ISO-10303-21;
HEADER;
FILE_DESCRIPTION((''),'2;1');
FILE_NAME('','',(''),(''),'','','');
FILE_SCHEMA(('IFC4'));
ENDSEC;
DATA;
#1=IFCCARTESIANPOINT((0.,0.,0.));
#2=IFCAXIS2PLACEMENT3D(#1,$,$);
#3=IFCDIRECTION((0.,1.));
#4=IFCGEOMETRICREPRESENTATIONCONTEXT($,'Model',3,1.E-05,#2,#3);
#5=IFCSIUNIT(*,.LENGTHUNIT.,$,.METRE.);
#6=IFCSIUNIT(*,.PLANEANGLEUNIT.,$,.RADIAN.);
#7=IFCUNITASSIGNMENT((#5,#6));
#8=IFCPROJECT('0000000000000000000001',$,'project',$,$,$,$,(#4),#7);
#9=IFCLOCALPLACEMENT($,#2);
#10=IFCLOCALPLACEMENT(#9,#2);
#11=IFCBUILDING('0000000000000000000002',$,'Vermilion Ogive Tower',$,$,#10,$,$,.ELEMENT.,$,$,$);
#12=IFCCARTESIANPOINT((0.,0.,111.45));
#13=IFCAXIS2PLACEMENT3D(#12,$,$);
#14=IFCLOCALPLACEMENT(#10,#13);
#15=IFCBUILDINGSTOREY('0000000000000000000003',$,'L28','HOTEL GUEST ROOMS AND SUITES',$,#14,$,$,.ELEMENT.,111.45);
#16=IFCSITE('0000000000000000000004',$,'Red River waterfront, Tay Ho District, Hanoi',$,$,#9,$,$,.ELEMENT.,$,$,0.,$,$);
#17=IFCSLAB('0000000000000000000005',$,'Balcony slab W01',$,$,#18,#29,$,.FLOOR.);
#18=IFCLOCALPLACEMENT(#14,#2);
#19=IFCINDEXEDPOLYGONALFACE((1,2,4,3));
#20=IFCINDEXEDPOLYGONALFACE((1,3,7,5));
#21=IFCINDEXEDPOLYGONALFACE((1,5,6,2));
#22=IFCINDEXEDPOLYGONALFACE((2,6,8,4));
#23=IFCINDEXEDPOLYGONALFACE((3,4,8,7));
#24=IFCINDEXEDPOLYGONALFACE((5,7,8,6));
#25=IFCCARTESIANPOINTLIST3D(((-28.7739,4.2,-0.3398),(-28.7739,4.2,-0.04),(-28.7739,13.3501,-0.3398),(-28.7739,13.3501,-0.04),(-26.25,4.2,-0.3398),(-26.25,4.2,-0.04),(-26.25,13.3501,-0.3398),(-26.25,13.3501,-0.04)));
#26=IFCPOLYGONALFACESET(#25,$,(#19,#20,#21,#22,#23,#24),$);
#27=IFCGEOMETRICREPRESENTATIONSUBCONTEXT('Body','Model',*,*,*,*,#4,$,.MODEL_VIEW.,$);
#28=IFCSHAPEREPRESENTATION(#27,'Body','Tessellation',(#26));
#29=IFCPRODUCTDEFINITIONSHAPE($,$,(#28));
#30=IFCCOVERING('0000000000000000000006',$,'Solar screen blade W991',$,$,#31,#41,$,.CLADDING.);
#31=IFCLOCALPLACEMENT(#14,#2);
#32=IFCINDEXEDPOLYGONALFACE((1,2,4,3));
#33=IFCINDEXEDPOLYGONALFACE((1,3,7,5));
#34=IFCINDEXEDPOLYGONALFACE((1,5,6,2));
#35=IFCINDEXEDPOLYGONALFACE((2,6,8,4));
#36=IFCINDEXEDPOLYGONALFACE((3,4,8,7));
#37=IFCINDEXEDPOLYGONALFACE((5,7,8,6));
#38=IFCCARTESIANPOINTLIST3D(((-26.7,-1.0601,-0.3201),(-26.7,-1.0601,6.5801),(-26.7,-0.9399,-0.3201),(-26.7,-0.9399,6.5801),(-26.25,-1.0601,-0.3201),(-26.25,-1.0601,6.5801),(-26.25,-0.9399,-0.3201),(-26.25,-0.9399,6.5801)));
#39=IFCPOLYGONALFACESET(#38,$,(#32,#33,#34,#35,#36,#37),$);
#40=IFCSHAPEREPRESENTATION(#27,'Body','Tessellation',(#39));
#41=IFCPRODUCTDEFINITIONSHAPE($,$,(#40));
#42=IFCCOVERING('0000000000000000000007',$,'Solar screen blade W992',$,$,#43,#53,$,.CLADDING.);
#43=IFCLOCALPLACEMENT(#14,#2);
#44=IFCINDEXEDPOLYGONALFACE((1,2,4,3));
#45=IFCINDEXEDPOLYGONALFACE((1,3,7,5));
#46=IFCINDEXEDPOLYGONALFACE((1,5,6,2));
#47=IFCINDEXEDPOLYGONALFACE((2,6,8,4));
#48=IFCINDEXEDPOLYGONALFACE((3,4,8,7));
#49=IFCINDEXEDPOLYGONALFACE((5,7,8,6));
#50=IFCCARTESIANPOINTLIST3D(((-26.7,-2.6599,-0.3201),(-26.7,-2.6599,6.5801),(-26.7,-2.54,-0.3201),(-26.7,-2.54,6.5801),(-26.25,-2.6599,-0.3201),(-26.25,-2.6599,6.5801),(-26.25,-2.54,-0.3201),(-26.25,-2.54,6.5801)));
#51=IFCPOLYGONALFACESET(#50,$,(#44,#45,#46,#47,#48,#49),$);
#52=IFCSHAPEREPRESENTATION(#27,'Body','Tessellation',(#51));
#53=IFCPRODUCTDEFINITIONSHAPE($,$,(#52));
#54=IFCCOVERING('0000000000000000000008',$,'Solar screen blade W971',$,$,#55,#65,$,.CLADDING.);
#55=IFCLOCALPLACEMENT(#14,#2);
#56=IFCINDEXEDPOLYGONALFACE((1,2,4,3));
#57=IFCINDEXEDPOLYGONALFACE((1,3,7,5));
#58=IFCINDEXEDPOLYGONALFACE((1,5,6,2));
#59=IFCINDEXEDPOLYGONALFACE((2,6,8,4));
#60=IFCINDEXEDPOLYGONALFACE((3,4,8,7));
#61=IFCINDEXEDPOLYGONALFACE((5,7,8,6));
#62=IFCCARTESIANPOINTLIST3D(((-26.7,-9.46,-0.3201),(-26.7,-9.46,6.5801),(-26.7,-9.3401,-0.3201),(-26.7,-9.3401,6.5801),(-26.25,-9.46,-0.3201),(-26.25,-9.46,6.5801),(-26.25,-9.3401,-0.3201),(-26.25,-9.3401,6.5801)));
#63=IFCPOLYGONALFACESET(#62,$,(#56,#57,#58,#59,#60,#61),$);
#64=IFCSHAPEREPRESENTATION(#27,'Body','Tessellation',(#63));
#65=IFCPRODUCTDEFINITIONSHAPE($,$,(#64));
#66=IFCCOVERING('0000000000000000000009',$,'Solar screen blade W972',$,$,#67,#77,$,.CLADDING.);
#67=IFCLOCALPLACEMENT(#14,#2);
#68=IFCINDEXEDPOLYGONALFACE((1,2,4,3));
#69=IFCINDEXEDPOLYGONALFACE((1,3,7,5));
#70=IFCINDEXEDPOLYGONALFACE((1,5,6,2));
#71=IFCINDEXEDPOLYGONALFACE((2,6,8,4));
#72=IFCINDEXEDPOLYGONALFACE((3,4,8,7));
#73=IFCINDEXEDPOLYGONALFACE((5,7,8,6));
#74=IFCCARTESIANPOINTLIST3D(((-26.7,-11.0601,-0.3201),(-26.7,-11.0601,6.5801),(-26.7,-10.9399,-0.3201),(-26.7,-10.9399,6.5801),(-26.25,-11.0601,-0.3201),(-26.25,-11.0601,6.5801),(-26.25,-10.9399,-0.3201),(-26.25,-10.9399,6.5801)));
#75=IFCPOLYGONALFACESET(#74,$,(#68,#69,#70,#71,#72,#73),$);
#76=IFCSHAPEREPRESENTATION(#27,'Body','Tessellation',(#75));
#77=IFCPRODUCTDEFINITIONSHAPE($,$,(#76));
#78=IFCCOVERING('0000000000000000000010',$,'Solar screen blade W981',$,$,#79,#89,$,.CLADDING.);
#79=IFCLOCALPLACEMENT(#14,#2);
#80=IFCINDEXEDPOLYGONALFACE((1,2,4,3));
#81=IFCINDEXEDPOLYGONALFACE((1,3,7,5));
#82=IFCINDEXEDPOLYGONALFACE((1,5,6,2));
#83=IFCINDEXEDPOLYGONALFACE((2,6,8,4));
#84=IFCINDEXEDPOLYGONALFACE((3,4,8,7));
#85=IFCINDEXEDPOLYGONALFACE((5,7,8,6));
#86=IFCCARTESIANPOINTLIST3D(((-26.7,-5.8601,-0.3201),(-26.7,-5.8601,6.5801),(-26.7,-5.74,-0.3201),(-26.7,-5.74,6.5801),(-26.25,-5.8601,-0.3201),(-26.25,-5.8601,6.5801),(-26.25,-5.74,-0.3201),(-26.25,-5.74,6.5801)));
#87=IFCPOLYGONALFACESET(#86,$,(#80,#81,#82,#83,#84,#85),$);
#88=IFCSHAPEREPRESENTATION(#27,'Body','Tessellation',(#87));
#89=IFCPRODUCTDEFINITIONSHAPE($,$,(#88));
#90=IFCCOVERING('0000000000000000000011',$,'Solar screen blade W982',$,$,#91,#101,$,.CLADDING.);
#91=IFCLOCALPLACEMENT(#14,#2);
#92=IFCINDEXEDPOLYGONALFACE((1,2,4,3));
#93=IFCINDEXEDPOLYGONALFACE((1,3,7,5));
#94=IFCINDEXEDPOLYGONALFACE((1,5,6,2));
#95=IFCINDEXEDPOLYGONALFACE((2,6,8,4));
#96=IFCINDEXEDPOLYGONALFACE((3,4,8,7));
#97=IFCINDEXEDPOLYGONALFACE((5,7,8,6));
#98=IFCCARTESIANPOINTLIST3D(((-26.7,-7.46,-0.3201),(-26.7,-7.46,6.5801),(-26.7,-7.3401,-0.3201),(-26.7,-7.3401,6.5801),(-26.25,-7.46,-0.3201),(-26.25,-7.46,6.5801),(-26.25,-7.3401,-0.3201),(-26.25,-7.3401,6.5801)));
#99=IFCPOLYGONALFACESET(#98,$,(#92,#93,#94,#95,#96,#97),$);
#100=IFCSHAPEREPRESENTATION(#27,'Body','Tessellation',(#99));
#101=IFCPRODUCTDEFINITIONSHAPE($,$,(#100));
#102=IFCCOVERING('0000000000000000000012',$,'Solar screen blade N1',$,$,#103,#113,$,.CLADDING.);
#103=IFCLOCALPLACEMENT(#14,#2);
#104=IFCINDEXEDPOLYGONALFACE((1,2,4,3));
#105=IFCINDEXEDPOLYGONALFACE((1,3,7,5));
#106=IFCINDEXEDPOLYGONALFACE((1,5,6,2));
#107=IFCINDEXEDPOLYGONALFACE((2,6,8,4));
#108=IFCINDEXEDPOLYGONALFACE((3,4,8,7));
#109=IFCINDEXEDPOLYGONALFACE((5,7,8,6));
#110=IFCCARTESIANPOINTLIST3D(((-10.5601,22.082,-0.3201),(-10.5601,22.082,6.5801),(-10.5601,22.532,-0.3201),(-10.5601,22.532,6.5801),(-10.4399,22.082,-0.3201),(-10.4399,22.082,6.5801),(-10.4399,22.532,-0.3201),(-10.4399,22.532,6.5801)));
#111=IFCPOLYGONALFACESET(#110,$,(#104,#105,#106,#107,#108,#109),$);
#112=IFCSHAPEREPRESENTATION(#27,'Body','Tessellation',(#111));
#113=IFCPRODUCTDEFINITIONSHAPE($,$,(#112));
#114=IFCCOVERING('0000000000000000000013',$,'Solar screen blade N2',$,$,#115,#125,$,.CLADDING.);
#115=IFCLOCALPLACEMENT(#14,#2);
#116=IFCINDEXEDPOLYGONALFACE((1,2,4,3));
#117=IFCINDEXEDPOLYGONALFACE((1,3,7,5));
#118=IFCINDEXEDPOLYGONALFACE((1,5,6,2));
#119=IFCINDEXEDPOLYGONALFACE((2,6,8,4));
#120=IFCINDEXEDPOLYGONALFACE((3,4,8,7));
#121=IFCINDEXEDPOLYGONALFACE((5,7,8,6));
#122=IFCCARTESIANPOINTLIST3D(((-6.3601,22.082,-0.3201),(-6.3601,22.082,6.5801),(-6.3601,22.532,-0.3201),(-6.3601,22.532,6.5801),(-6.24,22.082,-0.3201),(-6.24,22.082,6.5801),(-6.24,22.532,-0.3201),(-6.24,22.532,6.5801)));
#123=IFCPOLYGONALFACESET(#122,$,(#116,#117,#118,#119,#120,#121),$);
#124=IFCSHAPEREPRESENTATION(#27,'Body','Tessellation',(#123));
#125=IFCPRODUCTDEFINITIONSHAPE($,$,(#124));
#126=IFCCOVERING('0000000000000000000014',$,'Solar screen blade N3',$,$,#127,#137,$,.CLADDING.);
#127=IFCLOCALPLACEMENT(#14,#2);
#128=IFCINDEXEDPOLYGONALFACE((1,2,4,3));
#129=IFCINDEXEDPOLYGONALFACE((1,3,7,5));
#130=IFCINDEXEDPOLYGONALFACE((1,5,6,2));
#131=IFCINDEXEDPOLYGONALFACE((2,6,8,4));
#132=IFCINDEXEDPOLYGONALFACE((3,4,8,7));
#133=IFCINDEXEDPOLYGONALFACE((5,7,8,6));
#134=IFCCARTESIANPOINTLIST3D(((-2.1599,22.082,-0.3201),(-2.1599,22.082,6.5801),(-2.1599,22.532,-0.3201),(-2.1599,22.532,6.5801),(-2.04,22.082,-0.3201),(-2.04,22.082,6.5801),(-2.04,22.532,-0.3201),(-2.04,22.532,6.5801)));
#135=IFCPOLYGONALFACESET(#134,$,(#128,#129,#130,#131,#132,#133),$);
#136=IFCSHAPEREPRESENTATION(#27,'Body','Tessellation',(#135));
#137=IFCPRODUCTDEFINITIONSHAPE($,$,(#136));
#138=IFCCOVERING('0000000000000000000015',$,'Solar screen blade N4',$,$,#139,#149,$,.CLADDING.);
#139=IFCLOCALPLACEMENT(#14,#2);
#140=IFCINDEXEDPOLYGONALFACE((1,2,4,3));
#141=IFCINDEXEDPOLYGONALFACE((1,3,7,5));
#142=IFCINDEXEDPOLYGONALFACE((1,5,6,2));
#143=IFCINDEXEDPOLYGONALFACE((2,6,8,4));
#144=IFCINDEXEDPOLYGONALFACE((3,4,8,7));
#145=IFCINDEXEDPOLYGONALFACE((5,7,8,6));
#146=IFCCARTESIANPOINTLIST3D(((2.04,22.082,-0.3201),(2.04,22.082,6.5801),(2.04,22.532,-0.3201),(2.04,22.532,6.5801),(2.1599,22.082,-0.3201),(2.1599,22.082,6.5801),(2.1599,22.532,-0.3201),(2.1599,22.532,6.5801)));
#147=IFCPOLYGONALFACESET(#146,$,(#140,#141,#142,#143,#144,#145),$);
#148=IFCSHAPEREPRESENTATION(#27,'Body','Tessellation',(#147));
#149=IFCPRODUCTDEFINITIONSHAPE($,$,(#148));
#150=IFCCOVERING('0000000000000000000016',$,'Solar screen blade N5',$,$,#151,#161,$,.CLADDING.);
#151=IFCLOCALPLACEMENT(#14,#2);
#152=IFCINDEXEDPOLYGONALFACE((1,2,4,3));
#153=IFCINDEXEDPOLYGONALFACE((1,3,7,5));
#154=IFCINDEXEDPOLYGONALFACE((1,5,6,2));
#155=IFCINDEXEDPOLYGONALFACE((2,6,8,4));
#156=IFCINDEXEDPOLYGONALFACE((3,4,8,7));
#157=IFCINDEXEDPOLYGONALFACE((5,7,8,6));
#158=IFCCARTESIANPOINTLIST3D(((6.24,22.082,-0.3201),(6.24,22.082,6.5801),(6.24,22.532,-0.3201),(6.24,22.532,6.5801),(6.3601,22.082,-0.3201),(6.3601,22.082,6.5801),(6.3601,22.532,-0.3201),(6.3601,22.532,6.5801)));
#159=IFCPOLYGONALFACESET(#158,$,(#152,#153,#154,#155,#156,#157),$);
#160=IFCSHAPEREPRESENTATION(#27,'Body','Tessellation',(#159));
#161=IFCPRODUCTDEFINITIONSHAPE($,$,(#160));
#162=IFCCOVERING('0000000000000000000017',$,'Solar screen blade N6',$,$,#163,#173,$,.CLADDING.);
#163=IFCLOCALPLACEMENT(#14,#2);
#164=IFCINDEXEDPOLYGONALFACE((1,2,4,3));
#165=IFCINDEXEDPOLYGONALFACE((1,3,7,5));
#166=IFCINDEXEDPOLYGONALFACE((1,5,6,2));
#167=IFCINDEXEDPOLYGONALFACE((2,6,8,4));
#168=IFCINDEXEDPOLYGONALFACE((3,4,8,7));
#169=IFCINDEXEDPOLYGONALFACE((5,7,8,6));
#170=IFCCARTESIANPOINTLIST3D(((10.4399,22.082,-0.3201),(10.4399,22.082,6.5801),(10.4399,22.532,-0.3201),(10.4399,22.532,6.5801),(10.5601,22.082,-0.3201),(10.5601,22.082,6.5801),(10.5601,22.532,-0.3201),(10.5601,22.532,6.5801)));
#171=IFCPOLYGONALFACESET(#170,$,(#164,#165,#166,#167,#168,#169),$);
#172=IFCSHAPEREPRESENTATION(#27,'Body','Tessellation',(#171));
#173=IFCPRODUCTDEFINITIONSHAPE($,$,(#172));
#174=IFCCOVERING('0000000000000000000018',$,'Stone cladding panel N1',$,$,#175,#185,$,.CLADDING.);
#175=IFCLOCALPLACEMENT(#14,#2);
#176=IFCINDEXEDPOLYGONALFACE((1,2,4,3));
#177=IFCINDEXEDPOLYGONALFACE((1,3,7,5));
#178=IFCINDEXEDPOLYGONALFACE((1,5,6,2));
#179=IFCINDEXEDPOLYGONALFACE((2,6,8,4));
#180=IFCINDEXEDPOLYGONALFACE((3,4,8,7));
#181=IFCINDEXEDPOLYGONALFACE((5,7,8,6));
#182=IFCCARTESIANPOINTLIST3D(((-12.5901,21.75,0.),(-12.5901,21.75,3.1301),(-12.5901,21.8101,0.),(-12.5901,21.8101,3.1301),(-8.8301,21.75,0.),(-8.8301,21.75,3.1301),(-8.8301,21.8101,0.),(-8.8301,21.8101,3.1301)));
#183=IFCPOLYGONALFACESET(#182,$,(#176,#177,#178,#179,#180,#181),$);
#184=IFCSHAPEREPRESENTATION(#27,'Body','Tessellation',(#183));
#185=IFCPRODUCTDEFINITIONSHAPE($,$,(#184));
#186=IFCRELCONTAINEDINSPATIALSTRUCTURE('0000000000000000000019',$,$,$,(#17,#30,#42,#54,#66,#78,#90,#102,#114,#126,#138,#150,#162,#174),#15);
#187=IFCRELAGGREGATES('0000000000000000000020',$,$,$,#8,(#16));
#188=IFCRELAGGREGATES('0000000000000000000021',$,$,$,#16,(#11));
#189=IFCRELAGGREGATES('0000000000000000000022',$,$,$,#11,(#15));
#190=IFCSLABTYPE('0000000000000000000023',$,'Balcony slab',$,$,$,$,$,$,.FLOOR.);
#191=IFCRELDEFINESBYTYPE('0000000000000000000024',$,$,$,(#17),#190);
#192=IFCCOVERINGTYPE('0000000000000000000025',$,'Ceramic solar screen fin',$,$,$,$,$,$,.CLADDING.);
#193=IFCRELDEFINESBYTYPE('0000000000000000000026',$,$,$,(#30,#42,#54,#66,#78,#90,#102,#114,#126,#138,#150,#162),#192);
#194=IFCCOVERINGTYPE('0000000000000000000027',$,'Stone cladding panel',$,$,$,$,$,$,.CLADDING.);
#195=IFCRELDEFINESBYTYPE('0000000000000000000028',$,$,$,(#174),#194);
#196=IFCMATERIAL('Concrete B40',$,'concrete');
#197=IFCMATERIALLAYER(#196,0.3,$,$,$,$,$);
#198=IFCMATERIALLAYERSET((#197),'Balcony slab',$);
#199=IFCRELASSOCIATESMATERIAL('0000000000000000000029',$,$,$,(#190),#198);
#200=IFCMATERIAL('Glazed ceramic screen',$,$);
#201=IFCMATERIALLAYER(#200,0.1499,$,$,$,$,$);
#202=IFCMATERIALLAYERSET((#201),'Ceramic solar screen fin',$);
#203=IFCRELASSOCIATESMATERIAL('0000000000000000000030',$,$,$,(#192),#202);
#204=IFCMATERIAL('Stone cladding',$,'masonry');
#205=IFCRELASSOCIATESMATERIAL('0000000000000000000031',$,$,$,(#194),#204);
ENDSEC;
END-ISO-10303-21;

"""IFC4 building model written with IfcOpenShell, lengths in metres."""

from ifc_helpers import new_model, si_unit, direction, frame, origin, place, context, subcontext, project, spatial, polyline, outline, extrude, material, layer, layer_set, type_object, element, save


model = new_model("IFC4")

# Units and contexts
model_context = context("Model", 3, precision=1e-05, world=origin(), true_north=direction((0.0, 1.0)))
body_context = subcontext(model_context, "Body", "Model", "MODEL_VIEW")
ifc_project = project(units=[si_unit("LENGTHUNIT", "METRE"), si_unit("PLANEANGLEUNIT", "RADIAN")], contexts=[model_context])

# Site, building, storey
site_placement = place(None, origin())
site = spatial("IfcSite", under=ifc_project, at=site_placement, Name="Red River waterfront, Tay Ho District, Hanoi", CompositionType="ELEMENT", RefElevation=0.0)
building_placement = place(site_placement, origin())
building = spatial("IfcBuilding", under=site, at=building_placement, Name="Vermilion Ogive Tower", CompositionType="ELEMENT")
storey_placement = place(building_placement, frame((0.0, 0.0, 111.45)))
storey = spatial("IfcBuildingStorey", under=building, at=storey_placement, Name="L28", Description="HOTEL GUEST ROOMS AND SUITES", CompositionType="ELEMENT", Elevation=111.45)

# Slab
ifc_material_1 = material(Name="Concrete B40", Category="concrete")
ifc_layer_1 = layer(ifc_material_1, 0.3)
ifc_layer_set_1 = layer_set([ifc_layer_1], Name="Balcony slab")
slab_type = type_object("IfcSlabType", Name="Balcony slab", PredefinedType="FLOOR", material=ifc_layer_set_1)
slab_placement = place(storey_placement, frame((0.0, 0.0, -0.3398)))
element("IfcSlab", 1, at=slab_placement, inside=storey, type_object=slab_type, Name="Balcony slab W01", PredefinedType="FLOOR", context=body_context, shape_type="SweptSolid", body=[
    extrude(outline(polyline([(-28.7739, 13.3501), (-28.7739, 4.2), (-26.25, 4.2), (-26.25, 13.3501), (-28.7739, 13.3501)])), origin(), (0.0, 0.0, 1.0), 0.2998),
])

# Coverings
ifc_material_2 = material(Name="Glazed ceramic screen")
ifc_layer_2 = layer(ifc_material_2, 0.1499)
ifc_layer_set_2 = layer_set([ifc_layer_2], Name="Ceramic solar screen fin")
covering_type_1 = type_object("IfcCoveringType", Name="Ceramic solar screen fin", PredefinedType="CLADDING", material=ifc_layer_set_2)
covering_1_placement = place(storey_placement, frame((0.0, 0.0, -0.3201)))
element("IfcCovering", 2, at=covering_1_placement, inside=storey, type_object=covering_type_1, Name="Solar screen blade W991", PredefinedType="CLADDING", context=body_context, shape_type="SweptSolid", body=[
    extrude(outline(polyline([(-26.7, -0.9399), (-26.7, -1.0601), (-26.25, -1.0601), (-26.25, -0.9399), (-26.7, -0.9399)])), origin(), (0.0, 0.0, 1.0), 6.9001),
])
covering_2_placement = place(storey_placement, frame((0.0, 0.0, -0.3201)))
element("IfcCovering", 3, at=covering_2_placement, inside=storey, type_object=covering_type_1, Name="Solar screen blade W992", PredefinedType="CLADDING", context=body_context, shape_type="SweptSolid", body=[
    extrude(outline(polyline([(-26.7, -2.54), (-26.7, -2.6599), (-26.25, -2.6599), (-26.25, -2.54), (-26.7, -2.54)])), origin(), (0.0, 0.0, 1.0), 6.9001),
])
covering_3_placement = place(storey_placement, frame((0.0, 0.0, -0.3201)))
element("IfcCovering", 4, at=covering_3_placement, inside=storey, type_object=covering_type_1, Name="Solar screen blade W971", PredefinedType="CLADDING", context=body_context, shape_type="SweptSolid", body=[
    extrude(outline(polyline([(-26.7, -9.3401), (-26.7, -9.46), (-26.25, -9.46), (-26.25, -9.3401), (-26.7, -9.3401)])), origin(), (0.0, 0.0, 1.0), 6.9001),
])
covering_4_placement = place(storey_placement, frame((0.0, 0.0, -0.3201)))
element("IfcCovering", 5, at=covering_4_placement, inside=storey, type_object=covering_type_1, Name="Solar screen blade W972", PredefinedType="CLADDING", context=body_context, shape_type="SweptSolid", body=[
    extrude(outline(polyline([(-26.7, -10.9399), (-26.7, -11.0601), (-26.25, -11.0601), (-26.25, -10.9399), (-26.7, -10.9399)])), origin(), (0.0, 0.0, 1.0), 6.9001),
])
covering_5_placement = place(storey_placement, frame((0.0, 0.0, -0.3201)))
element("IfcCovering", 6, at=covering_5_placement, inside=storey, type_object=covering_type_1, Name="Solar screen blade W981", PredefinedType="CLADDING", context=body_context, shape_type="SweptSolid", body=[
    extrude(outline(polyline([(-26.7, -5.74), (-26.7, -5.8601), (-26.25, -5.8601), (-26.25, -5.74), (-26.7, -5.74)])), origin(), (0.0, 0.0, 1.0), 6.9001),
])
covering_6_placement = place(storey_placement, frame((0.0, 0.0, -0.3201)))
element("IfcCovering", 7, at=covering_6_placement, inside=storey, type_object=covering_type_1, Name="Solar screen blade W982", PredefinedType="CLADDING", context=body_context, shape_type="SweptSolid", body=[
    extrude(outline(polyline([(-26.7, -7.3401), (-26.7, -7.46), (-26.25, -7.46), (-26.25, -7.3401), (-26.7, -7.3401)])), origin(), (0.0, 0.0, 1.0), 6.9001),
])
covering_7_placement = place(storey_placement, frame((0.0, 0.0, -0.3201)))
element("IfcCovering", 8, at=covering_7_placement, inside=storey, type_object=covering_type_1, Name="Solar screen blade N1", PredefinedType="CLADDING", context=body_context, shape_type="SweptSolid", body=[
    extrude(outline(polyline([(-10.5601, 22.082), (-10.4399, 22.082), (-10.4399, 22.532), (-10.5601, 22.532), (-10.5601, 22.082)])), origin(), (0.0, 0.0, 1.0), 6.9001),
])
covering_8_placement = place(storey_placement, frame((0.0, 0.0, -0.3201)))
element("IfcCovering", 9, at=covering_8_placement, inside=storey, type_object=covering_type_1, Name="Solar screen blade N2", PredefinedType="CLADDING", context=body_context, shape_type="SweptSolid", body=[
    extrude(outline(polyline([(-6.3601, 22.082), (-6.24, 22.082), (-6.24, 22.532), (-6.3601, 22.532), (-6.3601, 22.082)])), origin(), (0.0, 0.0, 1.0), 6.9001),
])
covering_9_placement = place(storey_placement, frame((0.0, 0.0, -0.3201)))
element("IfcCovering", 10, at=covering_9_placement, inside=storey, type_object=covering_type_1, Name="Solar screen blade N3", PredefinedType="CLADDING", context=body_context, shape_type="SweptSolid", body=[
    extrude(outline(polyline([(-2.1599, 22.082), (-2.04, 22.082), (-2.04, 22.532), (-2.1599, 22.532), (-2.1599, 22.082)])), origin(), (0.0, 0.0, 1.0), 6.9001),
])
covering_10_placement = place(storey_placement, frame((0.0, 0.0, -0.3201)))
element("IfcCovering", 11, at=covering_10_placement, inside=storey, type_object=covering_type_1, Name="Solar screen blade N4", PredefinedType="CLADDING", context=body_context, shape_type="SweptSolid", body=[
    extrude(outline(polyline([(2.04, 22.082), (2.1599, 22.082), (2.1599, 22.532), (2.04, 22.532), (2.04, 22.082)])), origin(), (0.0, 0.0, 1.0), 6.9001),
])
covering_11_placement = place(storey_placement, frame((0.0, 0.0, -0.3201)))
element("IfcCovering", 12, at=covering_11_placement, inside=storey, type_object=covering_type_1, Name="Solar screen blade N5", PredefinedType="CLADDING", context=body_context, shape_type="SweptSolid", body=[
    extrude(outline(polyline([(6.24, 22.082), (6.3601, 22.082), (6.3601, 22.532), (6.24, 22.532), (6.24, 22.082)])), origin(), (0.0, 0.0, 1.0), 6.9001),
])
covering_12_placement = place(storey_placement, frame((0.0, 0.0, -0.3201)))
element("IfcCovering", 13, at=covering_12_placement, inside=storey, type_object=covering_type_1, Name="Solar screen blade N6", PredefinedType="CLADDING", context=body_context, shape_type="SweptSolid", body=[
    extrude(outline(polyline([(10.4399, 22.082), (10.5601, 22.082), (10.5601, 22.532), (10.4399, 22.532), (10.4399, 22.082)])), origin(), (0.0, 0.0, 1.0), 6.9001),
])
ifc_material_3 = material(Name="Stone cladding", Category="masonry")
covering_type_2 = type_object("IfcCoveringType", Name="Stone cladding panel", PredefinedType="CLADDING", material=ifc_material_3)
covering_13_placement = place(storey_placement, origin())
element("IfcCovering", 14, at=covering_13_placement, inside=storey, type_object=covering_type_2, Name="Stone cladding panel N1", PredefinedType="CLADDING", context=body_context, shape_type="SweptSolid", body=[
    extrude(outline(polyline([(-12.5901, 21.75), (-8.8301, 21.75), (-8.8301, 21.8101), (-12.5901, 21.8101), (-12.5901, 21.75)])), origin(), (0.0, 0.0, 1.0), 3.1301),
])

save(model, "model.ifc")
